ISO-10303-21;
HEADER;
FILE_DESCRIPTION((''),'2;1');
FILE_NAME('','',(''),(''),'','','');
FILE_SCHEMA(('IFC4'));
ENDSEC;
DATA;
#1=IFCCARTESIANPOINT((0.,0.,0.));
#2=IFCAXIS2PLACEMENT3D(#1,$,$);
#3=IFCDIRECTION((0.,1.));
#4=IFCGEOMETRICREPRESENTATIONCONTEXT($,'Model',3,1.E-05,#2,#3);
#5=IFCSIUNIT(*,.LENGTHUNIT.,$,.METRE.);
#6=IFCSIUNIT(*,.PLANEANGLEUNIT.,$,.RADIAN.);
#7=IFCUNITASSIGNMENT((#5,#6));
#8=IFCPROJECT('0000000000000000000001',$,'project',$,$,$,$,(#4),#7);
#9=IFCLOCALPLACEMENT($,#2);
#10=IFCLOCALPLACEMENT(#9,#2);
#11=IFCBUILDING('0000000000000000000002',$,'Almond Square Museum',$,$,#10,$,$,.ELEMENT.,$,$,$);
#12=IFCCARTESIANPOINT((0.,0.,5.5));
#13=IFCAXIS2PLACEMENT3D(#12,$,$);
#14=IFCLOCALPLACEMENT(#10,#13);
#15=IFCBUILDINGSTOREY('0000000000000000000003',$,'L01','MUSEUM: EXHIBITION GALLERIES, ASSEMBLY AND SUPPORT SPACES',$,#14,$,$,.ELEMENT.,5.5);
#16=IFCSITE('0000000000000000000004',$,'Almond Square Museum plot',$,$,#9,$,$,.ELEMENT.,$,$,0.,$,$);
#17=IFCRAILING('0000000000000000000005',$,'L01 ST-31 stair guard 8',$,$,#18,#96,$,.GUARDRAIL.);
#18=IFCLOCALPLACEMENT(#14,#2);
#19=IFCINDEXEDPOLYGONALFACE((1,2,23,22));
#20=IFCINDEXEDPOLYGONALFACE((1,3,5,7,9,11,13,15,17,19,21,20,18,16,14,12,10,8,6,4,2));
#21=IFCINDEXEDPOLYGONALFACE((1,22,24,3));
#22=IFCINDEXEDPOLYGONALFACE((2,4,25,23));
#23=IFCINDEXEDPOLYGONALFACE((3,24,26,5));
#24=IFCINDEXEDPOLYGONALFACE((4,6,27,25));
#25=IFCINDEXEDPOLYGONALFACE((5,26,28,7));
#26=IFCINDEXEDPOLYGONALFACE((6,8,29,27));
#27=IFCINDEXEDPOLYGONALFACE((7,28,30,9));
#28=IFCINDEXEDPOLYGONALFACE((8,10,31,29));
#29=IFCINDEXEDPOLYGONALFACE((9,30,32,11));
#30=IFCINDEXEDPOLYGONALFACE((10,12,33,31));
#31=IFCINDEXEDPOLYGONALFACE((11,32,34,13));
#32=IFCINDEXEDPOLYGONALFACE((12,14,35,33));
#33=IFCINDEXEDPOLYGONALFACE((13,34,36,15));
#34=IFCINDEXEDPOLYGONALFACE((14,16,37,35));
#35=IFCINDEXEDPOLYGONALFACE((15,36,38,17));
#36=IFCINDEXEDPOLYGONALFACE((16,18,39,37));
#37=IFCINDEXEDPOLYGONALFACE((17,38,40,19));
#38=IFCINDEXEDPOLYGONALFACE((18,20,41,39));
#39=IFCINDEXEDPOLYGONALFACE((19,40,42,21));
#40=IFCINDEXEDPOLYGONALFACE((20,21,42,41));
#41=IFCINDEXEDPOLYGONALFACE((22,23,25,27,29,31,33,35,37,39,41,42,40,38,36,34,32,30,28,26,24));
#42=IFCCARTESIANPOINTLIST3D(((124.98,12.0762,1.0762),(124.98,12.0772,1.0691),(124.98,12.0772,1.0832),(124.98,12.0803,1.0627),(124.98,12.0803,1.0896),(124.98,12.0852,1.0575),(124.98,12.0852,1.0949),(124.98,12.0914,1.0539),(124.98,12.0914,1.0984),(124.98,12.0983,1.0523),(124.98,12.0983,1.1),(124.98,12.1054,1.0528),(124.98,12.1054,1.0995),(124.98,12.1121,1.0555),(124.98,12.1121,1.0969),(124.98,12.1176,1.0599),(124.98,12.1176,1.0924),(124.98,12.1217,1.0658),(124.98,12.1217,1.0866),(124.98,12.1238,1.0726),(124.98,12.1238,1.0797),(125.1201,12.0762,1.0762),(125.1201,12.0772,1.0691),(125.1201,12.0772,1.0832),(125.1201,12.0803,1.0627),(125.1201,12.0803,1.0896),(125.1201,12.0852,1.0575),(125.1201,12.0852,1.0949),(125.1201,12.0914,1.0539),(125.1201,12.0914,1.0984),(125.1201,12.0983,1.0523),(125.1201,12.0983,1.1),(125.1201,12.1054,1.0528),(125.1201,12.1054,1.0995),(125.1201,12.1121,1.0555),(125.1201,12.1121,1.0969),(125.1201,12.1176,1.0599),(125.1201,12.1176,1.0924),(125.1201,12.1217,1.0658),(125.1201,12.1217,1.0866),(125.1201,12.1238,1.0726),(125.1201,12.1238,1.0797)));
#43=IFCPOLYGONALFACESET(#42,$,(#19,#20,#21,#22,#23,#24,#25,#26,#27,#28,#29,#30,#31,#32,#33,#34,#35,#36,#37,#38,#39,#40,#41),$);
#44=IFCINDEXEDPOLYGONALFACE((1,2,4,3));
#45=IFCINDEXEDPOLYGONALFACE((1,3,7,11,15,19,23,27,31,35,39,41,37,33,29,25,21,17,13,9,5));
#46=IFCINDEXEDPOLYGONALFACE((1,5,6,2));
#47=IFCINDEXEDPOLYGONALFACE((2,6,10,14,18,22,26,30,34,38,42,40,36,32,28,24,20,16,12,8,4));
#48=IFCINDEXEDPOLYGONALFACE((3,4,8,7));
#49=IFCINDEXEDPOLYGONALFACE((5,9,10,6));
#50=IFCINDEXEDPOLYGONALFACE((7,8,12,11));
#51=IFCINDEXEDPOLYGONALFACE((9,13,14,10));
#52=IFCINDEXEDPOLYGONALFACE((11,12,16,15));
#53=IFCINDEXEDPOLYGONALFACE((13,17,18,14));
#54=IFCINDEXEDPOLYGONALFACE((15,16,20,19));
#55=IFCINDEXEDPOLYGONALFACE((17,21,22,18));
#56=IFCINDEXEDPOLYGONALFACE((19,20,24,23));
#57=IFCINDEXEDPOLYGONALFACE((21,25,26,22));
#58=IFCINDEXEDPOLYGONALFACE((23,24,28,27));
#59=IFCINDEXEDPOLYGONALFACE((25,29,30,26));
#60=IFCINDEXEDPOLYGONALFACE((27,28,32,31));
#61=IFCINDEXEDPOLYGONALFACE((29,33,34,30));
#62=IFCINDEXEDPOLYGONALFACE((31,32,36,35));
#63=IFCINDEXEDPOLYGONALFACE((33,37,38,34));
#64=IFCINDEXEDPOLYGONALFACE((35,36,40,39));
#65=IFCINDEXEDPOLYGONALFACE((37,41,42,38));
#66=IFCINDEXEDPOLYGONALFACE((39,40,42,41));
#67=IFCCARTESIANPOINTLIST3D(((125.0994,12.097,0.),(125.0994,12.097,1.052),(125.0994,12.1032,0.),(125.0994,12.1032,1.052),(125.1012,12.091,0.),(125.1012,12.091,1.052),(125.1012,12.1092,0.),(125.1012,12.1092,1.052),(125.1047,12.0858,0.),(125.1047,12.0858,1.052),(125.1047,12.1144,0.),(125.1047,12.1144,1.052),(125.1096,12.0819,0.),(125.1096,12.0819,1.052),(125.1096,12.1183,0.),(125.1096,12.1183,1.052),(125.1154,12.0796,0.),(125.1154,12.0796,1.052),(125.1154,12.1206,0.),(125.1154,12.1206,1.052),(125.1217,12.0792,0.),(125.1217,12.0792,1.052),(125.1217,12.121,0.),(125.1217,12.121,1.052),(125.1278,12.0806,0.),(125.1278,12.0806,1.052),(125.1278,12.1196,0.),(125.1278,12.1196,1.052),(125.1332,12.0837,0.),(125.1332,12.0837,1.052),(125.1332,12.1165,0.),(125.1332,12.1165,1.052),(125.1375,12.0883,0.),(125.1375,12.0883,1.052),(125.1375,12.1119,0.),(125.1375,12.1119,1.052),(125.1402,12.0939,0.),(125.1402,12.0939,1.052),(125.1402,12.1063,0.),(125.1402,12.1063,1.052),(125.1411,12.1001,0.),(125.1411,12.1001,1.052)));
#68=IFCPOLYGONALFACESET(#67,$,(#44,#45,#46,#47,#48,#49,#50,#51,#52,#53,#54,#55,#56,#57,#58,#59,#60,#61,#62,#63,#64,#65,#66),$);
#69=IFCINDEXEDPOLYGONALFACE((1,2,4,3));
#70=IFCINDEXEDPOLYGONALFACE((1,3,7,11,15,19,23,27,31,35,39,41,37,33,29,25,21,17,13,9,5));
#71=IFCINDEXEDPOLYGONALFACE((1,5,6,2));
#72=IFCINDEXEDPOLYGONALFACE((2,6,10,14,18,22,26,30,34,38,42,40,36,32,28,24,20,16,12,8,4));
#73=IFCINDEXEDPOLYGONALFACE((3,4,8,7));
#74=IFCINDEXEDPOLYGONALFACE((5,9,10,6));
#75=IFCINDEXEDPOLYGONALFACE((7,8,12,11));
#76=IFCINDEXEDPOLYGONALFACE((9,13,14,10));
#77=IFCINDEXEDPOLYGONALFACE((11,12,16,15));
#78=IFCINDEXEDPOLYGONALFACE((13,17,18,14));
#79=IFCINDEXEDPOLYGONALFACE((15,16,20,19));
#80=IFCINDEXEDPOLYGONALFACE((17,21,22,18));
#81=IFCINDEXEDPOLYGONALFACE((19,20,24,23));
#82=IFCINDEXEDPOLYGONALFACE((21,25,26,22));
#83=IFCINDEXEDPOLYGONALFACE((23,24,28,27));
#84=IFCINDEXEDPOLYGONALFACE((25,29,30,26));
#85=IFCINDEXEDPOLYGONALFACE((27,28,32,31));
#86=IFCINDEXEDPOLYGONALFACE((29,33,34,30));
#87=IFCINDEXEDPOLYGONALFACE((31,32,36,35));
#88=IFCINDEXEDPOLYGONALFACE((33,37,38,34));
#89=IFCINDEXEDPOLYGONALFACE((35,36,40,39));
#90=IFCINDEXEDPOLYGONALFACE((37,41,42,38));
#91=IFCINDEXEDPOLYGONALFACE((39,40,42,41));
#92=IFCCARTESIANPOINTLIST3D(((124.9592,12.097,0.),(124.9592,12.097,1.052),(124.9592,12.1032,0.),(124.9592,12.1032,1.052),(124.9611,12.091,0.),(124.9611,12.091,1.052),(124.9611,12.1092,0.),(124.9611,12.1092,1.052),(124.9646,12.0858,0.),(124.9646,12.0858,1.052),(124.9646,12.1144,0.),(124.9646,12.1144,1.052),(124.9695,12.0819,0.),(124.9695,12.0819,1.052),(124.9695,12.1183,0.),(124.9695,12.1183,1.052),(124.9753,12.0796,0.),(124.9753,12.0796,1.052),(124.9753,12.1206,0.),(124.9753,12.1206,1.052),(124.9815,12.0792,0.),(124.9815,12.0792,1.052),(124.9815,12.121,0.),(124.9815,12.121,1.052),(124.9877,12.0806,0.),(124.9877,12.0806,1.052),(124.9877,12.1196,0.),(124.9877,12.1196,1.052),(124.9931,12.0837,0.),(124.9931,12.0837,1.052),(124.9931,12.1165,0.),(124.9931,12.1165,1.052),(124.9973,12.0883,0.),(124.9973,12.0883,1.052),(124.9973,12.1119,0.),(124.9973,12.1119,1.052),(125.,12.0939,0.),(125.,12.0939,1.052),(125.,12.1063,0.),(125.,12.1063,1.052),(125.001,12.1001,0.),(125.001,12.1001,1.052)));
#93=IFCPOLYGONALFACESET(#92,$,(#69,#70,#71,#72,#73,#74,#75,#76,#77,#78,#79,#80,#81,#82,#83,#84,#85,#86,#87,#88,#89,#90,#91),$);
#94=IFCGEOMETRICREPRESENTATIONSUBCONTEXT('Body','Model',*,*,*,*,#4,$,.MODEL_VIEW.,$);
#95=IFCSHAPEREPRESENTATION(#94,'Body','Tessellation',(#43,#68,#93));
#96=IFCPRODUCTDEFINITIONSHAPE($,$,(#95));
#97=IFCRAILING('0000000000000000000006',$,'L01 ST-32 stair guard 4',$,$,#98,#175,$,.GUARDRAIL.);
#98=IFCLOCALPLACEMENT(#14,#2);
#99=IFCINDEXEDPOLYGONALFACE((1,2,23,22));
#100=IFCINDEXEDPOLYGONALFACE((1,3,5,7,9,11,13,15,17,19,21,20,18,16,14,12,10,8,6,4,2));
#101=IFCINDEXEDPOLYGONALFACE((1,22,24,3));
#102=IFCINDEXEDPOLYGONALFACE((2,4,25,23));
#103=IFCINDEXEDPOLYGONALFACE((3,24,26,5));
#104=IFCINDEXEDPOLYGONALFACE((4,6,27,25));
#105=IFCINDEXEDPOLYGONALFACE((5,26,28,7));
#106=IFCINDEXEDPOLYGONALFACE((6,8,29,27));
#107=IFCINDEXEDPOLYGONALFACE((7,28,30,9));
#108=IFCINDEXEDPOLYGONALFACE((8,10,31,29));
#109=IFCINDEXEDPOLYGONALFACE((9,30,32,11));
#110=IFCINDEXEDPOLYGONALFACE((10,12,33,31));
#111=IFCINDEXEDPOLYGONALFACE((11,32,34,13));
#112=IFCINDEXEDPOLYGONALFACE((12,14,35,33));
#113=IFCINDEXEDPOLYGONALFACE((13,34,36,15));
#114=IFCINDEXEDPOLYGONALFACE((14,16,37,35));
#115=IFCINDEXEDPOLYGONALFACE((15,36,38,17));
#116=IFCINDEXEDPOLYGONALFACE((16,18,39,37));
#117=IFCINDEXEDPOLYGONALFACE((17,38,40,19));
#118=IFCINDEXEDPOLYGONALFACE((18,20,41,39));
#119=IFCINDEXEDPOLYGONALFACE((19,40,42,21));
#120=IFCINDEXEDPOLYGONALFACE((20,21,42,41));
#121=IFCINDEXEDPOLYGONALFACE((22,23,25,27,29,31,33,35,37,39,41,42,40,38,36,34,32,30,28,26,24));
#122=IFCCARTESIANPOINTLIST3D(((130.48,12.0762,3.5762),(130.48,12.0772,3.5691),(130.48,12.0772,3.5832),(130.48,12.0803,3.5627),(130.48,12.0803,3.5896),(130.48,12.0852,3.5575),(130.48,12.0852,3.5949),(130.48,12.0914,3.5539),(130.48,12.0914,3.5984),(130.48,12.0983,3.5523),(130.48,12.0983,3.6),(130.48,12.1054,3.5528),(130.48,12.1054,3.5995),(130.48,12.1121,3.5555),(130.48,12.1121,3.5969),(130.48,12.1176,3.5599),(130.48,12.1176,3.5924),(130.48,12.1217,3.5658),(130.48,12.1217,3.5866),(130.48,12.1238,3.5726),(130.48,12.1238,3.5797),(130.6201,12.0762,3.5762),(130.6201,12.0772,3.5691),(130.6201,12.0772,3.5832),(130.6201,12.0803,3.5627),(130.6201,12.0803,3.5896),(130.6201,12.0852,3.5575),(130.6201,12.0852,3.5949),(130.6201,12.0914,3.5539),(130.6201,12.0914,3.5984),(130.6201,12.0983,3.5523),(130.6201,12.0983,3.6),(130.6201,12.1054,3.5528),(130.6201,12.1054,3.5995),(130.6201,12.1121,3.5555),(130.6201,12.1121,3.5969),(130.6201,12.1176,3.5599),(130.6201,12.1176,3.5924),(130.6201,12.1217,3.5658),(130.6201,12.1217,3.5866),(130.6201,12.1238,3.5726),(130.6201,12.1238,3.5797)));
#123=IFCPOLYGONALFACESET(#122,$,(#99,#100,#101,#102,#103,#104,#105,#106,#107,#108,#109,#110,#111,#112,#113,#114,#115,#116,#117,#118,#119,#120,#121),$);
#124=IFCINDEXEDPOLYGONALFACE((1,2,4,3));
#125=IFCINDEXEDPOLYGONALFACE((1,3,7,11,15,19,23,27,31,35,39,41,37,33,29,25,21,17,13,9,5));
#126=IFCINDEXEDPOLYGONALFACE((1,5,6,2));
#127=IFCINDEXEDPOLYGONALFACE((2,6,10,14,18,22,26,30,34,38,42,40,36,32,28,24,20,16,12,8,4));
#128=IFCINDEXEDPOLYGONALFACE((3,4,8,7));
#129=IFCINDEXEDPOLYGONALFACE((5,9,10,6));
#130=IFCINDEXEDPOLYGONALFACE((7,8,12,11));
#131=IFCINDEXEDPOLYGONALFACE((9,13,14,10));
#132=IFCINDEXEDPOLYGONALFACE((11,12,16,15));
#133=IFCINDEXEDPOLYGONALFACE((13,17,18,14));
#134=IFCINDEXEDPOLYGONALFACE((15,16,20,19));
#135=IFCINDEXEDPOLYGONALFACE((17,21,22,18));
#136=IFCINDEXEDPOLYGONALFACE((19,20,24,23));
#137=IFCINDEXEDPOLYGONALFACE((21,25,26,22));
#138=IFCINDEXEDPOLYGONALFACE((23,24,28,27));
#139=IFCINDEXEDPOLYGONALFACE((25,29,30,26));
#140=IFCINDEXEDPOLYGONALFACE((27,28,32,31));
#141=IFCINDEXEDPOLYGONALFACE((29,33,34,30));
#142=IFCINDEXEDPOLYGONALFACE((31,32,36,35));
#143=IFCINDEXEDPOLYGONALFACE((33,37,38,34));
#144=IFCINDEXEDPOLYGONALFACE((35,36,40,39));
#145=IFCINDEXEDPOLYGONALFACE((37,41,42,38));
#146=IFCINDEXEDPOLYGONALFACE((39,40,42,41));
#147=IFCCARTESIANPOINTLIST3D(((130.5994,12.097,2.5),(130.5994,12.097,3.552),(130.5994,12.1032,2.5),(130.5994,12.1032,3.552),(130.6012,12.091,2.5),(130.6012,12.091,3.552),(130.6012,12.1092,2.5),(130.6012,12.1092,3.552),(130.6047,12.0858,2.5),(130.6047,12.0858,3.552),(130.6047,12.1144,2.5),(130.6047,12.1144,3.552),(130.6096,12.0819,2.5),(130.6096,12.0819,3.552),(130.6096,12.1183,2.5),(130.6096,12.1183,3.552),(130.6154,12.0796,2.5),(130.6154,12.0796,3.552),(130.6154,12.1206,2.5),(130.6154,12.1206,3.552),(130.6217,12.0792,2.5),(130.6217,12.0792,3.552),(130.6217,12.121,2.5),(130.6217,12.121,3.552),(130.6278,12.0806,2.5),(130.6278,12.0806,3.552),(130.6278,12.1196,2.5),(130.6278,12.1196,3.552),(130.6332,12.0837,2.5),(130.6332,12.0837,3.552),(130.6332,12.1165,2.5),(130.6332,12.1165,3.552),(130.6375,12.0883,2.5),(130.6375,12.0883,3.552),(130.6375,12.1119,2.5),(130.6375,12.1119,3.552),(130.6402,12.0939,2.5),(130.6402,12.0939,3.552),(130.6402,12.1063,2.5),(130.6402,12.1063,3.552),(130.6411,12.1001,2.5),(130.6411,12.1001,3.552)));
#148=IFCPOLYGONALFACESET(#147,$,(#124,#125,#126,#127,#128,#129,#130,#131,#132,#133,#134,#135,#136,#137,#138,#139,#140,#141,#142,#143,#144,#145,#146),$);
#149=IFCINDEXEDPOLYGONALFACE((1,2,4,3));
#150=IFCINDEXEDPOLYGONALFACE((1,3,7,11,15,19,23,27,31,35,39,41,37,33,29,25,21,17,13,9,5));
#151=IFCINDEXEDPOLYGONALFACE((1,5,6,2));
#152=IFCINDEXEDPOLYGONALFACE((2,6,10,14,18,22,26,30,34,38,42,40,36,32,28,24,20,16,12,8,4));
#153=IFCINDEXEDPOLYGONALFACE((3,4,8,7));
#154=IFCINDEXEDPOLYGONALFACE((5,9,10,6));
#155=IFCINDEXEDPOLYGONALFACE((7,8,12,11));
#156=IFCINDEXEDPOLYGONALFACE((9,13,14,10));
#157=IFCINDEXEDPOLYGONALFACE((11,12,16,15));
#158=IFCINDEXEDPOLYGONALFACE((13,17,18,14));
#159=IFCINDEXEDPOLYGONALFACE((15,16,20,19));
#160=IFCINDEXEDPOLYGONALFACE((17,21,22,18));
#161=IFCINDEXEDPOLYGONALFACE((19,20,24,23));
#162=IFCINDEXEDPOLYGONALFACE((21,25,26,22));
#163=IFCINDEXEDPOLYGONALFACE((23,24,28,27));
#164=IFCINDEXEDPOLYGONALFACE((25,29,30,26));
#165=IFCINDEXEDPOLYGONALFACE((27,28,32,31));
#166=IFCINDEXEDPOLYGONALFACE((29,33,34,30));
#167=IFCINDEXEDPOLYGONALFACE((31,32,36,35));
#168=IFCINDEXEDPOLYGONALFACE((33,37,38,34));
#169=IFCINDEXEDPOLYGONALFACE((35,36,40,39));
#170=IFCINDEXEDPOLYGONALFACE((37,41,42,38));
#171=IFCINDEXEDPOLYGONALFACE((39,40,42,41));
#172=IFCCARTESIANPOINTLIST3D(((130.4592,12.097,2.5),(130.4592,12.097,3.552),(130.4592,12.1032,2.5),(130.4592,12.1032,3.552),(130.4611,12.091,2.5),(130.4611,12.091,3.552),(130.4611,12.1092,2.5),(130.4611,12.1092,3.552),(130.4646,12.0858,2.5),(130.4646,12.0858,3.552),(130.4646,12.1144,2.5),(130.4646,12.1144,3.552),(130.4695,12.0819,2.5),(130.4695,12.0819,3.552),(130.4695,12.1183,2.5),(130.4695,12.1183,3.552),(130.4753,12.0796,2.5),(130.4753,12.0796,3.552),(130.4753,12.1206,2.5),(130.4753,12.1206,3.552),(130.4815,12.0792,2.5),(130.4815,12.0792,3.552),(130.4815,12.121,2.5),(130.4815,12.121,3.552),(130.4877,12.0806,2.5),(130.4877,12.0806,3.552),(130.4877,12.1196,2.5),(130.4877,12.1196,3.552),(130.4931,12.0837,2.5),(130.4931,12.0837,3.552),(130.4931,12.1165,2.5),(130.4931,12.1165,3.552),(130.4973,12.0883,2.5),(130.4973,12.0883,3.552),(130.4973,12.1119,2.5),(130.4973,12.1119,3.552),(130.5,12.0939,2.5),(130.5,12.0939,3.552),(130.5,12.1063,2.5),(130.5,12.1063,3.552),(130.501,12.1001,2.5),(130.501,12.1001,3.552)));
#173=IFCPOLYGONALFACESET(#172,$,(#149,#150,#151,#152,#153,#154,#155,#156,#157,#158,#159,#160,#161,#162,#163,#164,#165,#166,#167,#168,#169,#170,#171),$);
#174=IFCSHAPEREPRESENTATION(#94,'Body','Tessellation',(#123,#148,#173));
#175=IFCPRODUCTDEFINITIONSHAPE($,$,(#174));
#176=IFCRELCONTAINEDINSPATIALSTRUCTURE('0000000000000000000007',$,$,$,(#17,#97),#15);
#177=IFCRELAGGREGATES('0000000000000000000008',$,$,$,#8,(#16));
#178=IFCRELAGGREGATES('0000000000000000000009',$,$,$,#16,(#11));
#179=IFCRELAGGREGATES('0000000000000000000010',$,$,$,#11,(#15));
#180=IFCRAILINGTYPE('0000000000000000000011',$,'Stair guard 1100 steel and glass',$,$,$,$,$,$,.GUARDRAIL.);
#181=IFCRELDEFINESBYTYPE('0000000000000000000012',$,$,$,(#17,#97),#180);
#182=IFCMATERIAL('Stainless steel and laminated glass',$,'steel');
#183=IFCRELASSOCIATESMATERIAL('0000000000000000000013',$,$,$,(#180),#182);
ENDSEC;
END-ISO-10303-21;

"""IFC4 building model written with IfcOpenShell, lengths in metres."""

from ifc_helpers import new_model, si_unit, direction, frame, origin, origin_2d, place, context, subcontext, project, spatial, circle, extrude, material, type_object, element, save


model = new_model("IFC4")

# Units and contexts
model_context = context("Model", 3, precision=1e-05, world=origin(), true_north=direction((0.0, 1.0)))
body_context = subcontext(model_context, "Body", "Model", "MODEL_VIEW")
ifc_project = project(units=[si_unit("LENGTHUNIT", "METRE"), si_unit("PLANEANGLEUNIT", "RADIAN")], contexts=[model_context])

# Site, building, storey
site_placement = place(None, origin())
site = spatial("IfcSite", under=ifc_project, at=site_placement, Name="Almond Square Museum plot", CompositionType="ELEMENT", RefElevation=0.0)
building_placement = place(site_placement, origin())
building = spatial("IfcBuilding", under=site, at=building_placement, Name="Almond Square Museum", CompositionType="ELEMENT")
storey_placement = place(building_placement, frame((0.0, 0.0, 5.5)))
storey = spatial("IfcBuildingStorey", under=building, at=storey_placement, Name="L01", Description="MUSEUM: EXHIBITION GALLERIES, ASSEMBLY AND SUPPORT SPACES", CompositionType="ELEMENT", Elevation=5.5)

# Railings
ifc_material_1 = material(Name="Stainless steel and laminated glass", Category="steel")
railing_type = type_object("IfcRailingType", Name="Stair guard 1100 steel and glass", PredefinedType="GUARDRAIL", material=ifc_material_1)
for number, where, name in (
    (1, (125.1201, 12.1001, 0.0), "L01 ST-31 stair guard 8"),
    (2, (130.6201, 12.1001, 2.5), "L01 ST-32 stair guard 4"),
):
    element("IfcRailing", number, at=place(storey_placement, frame(where)), inside=storey, type_object=railing_type, Name=name, PredefinedType="GUARDRAIL", context=body_context, shape_type="SweptSolid", body=[
        extrude(circle(Radius=0.0239, at=origin_2d()), frame((0.0, 0.0, 1.0762), z_axis=(-1.0, 0.0, 0.0), x_axis=(0.0, -1.0, 0.0)), (0.0, 0.0, 1.0), 0.1401),
        extrude(circle(Radius=0.021, at=origin_2d()), origin(), (0.0, 0.0, 1.0), 1.052),
        extrude(circle(Radius=0.021, at=origin_2d()), frame((-0.1401, 0.0, 0.0)), (0.0, 0.0, 1.0), 1.052),
    ])

save(model, "model.ifc")
